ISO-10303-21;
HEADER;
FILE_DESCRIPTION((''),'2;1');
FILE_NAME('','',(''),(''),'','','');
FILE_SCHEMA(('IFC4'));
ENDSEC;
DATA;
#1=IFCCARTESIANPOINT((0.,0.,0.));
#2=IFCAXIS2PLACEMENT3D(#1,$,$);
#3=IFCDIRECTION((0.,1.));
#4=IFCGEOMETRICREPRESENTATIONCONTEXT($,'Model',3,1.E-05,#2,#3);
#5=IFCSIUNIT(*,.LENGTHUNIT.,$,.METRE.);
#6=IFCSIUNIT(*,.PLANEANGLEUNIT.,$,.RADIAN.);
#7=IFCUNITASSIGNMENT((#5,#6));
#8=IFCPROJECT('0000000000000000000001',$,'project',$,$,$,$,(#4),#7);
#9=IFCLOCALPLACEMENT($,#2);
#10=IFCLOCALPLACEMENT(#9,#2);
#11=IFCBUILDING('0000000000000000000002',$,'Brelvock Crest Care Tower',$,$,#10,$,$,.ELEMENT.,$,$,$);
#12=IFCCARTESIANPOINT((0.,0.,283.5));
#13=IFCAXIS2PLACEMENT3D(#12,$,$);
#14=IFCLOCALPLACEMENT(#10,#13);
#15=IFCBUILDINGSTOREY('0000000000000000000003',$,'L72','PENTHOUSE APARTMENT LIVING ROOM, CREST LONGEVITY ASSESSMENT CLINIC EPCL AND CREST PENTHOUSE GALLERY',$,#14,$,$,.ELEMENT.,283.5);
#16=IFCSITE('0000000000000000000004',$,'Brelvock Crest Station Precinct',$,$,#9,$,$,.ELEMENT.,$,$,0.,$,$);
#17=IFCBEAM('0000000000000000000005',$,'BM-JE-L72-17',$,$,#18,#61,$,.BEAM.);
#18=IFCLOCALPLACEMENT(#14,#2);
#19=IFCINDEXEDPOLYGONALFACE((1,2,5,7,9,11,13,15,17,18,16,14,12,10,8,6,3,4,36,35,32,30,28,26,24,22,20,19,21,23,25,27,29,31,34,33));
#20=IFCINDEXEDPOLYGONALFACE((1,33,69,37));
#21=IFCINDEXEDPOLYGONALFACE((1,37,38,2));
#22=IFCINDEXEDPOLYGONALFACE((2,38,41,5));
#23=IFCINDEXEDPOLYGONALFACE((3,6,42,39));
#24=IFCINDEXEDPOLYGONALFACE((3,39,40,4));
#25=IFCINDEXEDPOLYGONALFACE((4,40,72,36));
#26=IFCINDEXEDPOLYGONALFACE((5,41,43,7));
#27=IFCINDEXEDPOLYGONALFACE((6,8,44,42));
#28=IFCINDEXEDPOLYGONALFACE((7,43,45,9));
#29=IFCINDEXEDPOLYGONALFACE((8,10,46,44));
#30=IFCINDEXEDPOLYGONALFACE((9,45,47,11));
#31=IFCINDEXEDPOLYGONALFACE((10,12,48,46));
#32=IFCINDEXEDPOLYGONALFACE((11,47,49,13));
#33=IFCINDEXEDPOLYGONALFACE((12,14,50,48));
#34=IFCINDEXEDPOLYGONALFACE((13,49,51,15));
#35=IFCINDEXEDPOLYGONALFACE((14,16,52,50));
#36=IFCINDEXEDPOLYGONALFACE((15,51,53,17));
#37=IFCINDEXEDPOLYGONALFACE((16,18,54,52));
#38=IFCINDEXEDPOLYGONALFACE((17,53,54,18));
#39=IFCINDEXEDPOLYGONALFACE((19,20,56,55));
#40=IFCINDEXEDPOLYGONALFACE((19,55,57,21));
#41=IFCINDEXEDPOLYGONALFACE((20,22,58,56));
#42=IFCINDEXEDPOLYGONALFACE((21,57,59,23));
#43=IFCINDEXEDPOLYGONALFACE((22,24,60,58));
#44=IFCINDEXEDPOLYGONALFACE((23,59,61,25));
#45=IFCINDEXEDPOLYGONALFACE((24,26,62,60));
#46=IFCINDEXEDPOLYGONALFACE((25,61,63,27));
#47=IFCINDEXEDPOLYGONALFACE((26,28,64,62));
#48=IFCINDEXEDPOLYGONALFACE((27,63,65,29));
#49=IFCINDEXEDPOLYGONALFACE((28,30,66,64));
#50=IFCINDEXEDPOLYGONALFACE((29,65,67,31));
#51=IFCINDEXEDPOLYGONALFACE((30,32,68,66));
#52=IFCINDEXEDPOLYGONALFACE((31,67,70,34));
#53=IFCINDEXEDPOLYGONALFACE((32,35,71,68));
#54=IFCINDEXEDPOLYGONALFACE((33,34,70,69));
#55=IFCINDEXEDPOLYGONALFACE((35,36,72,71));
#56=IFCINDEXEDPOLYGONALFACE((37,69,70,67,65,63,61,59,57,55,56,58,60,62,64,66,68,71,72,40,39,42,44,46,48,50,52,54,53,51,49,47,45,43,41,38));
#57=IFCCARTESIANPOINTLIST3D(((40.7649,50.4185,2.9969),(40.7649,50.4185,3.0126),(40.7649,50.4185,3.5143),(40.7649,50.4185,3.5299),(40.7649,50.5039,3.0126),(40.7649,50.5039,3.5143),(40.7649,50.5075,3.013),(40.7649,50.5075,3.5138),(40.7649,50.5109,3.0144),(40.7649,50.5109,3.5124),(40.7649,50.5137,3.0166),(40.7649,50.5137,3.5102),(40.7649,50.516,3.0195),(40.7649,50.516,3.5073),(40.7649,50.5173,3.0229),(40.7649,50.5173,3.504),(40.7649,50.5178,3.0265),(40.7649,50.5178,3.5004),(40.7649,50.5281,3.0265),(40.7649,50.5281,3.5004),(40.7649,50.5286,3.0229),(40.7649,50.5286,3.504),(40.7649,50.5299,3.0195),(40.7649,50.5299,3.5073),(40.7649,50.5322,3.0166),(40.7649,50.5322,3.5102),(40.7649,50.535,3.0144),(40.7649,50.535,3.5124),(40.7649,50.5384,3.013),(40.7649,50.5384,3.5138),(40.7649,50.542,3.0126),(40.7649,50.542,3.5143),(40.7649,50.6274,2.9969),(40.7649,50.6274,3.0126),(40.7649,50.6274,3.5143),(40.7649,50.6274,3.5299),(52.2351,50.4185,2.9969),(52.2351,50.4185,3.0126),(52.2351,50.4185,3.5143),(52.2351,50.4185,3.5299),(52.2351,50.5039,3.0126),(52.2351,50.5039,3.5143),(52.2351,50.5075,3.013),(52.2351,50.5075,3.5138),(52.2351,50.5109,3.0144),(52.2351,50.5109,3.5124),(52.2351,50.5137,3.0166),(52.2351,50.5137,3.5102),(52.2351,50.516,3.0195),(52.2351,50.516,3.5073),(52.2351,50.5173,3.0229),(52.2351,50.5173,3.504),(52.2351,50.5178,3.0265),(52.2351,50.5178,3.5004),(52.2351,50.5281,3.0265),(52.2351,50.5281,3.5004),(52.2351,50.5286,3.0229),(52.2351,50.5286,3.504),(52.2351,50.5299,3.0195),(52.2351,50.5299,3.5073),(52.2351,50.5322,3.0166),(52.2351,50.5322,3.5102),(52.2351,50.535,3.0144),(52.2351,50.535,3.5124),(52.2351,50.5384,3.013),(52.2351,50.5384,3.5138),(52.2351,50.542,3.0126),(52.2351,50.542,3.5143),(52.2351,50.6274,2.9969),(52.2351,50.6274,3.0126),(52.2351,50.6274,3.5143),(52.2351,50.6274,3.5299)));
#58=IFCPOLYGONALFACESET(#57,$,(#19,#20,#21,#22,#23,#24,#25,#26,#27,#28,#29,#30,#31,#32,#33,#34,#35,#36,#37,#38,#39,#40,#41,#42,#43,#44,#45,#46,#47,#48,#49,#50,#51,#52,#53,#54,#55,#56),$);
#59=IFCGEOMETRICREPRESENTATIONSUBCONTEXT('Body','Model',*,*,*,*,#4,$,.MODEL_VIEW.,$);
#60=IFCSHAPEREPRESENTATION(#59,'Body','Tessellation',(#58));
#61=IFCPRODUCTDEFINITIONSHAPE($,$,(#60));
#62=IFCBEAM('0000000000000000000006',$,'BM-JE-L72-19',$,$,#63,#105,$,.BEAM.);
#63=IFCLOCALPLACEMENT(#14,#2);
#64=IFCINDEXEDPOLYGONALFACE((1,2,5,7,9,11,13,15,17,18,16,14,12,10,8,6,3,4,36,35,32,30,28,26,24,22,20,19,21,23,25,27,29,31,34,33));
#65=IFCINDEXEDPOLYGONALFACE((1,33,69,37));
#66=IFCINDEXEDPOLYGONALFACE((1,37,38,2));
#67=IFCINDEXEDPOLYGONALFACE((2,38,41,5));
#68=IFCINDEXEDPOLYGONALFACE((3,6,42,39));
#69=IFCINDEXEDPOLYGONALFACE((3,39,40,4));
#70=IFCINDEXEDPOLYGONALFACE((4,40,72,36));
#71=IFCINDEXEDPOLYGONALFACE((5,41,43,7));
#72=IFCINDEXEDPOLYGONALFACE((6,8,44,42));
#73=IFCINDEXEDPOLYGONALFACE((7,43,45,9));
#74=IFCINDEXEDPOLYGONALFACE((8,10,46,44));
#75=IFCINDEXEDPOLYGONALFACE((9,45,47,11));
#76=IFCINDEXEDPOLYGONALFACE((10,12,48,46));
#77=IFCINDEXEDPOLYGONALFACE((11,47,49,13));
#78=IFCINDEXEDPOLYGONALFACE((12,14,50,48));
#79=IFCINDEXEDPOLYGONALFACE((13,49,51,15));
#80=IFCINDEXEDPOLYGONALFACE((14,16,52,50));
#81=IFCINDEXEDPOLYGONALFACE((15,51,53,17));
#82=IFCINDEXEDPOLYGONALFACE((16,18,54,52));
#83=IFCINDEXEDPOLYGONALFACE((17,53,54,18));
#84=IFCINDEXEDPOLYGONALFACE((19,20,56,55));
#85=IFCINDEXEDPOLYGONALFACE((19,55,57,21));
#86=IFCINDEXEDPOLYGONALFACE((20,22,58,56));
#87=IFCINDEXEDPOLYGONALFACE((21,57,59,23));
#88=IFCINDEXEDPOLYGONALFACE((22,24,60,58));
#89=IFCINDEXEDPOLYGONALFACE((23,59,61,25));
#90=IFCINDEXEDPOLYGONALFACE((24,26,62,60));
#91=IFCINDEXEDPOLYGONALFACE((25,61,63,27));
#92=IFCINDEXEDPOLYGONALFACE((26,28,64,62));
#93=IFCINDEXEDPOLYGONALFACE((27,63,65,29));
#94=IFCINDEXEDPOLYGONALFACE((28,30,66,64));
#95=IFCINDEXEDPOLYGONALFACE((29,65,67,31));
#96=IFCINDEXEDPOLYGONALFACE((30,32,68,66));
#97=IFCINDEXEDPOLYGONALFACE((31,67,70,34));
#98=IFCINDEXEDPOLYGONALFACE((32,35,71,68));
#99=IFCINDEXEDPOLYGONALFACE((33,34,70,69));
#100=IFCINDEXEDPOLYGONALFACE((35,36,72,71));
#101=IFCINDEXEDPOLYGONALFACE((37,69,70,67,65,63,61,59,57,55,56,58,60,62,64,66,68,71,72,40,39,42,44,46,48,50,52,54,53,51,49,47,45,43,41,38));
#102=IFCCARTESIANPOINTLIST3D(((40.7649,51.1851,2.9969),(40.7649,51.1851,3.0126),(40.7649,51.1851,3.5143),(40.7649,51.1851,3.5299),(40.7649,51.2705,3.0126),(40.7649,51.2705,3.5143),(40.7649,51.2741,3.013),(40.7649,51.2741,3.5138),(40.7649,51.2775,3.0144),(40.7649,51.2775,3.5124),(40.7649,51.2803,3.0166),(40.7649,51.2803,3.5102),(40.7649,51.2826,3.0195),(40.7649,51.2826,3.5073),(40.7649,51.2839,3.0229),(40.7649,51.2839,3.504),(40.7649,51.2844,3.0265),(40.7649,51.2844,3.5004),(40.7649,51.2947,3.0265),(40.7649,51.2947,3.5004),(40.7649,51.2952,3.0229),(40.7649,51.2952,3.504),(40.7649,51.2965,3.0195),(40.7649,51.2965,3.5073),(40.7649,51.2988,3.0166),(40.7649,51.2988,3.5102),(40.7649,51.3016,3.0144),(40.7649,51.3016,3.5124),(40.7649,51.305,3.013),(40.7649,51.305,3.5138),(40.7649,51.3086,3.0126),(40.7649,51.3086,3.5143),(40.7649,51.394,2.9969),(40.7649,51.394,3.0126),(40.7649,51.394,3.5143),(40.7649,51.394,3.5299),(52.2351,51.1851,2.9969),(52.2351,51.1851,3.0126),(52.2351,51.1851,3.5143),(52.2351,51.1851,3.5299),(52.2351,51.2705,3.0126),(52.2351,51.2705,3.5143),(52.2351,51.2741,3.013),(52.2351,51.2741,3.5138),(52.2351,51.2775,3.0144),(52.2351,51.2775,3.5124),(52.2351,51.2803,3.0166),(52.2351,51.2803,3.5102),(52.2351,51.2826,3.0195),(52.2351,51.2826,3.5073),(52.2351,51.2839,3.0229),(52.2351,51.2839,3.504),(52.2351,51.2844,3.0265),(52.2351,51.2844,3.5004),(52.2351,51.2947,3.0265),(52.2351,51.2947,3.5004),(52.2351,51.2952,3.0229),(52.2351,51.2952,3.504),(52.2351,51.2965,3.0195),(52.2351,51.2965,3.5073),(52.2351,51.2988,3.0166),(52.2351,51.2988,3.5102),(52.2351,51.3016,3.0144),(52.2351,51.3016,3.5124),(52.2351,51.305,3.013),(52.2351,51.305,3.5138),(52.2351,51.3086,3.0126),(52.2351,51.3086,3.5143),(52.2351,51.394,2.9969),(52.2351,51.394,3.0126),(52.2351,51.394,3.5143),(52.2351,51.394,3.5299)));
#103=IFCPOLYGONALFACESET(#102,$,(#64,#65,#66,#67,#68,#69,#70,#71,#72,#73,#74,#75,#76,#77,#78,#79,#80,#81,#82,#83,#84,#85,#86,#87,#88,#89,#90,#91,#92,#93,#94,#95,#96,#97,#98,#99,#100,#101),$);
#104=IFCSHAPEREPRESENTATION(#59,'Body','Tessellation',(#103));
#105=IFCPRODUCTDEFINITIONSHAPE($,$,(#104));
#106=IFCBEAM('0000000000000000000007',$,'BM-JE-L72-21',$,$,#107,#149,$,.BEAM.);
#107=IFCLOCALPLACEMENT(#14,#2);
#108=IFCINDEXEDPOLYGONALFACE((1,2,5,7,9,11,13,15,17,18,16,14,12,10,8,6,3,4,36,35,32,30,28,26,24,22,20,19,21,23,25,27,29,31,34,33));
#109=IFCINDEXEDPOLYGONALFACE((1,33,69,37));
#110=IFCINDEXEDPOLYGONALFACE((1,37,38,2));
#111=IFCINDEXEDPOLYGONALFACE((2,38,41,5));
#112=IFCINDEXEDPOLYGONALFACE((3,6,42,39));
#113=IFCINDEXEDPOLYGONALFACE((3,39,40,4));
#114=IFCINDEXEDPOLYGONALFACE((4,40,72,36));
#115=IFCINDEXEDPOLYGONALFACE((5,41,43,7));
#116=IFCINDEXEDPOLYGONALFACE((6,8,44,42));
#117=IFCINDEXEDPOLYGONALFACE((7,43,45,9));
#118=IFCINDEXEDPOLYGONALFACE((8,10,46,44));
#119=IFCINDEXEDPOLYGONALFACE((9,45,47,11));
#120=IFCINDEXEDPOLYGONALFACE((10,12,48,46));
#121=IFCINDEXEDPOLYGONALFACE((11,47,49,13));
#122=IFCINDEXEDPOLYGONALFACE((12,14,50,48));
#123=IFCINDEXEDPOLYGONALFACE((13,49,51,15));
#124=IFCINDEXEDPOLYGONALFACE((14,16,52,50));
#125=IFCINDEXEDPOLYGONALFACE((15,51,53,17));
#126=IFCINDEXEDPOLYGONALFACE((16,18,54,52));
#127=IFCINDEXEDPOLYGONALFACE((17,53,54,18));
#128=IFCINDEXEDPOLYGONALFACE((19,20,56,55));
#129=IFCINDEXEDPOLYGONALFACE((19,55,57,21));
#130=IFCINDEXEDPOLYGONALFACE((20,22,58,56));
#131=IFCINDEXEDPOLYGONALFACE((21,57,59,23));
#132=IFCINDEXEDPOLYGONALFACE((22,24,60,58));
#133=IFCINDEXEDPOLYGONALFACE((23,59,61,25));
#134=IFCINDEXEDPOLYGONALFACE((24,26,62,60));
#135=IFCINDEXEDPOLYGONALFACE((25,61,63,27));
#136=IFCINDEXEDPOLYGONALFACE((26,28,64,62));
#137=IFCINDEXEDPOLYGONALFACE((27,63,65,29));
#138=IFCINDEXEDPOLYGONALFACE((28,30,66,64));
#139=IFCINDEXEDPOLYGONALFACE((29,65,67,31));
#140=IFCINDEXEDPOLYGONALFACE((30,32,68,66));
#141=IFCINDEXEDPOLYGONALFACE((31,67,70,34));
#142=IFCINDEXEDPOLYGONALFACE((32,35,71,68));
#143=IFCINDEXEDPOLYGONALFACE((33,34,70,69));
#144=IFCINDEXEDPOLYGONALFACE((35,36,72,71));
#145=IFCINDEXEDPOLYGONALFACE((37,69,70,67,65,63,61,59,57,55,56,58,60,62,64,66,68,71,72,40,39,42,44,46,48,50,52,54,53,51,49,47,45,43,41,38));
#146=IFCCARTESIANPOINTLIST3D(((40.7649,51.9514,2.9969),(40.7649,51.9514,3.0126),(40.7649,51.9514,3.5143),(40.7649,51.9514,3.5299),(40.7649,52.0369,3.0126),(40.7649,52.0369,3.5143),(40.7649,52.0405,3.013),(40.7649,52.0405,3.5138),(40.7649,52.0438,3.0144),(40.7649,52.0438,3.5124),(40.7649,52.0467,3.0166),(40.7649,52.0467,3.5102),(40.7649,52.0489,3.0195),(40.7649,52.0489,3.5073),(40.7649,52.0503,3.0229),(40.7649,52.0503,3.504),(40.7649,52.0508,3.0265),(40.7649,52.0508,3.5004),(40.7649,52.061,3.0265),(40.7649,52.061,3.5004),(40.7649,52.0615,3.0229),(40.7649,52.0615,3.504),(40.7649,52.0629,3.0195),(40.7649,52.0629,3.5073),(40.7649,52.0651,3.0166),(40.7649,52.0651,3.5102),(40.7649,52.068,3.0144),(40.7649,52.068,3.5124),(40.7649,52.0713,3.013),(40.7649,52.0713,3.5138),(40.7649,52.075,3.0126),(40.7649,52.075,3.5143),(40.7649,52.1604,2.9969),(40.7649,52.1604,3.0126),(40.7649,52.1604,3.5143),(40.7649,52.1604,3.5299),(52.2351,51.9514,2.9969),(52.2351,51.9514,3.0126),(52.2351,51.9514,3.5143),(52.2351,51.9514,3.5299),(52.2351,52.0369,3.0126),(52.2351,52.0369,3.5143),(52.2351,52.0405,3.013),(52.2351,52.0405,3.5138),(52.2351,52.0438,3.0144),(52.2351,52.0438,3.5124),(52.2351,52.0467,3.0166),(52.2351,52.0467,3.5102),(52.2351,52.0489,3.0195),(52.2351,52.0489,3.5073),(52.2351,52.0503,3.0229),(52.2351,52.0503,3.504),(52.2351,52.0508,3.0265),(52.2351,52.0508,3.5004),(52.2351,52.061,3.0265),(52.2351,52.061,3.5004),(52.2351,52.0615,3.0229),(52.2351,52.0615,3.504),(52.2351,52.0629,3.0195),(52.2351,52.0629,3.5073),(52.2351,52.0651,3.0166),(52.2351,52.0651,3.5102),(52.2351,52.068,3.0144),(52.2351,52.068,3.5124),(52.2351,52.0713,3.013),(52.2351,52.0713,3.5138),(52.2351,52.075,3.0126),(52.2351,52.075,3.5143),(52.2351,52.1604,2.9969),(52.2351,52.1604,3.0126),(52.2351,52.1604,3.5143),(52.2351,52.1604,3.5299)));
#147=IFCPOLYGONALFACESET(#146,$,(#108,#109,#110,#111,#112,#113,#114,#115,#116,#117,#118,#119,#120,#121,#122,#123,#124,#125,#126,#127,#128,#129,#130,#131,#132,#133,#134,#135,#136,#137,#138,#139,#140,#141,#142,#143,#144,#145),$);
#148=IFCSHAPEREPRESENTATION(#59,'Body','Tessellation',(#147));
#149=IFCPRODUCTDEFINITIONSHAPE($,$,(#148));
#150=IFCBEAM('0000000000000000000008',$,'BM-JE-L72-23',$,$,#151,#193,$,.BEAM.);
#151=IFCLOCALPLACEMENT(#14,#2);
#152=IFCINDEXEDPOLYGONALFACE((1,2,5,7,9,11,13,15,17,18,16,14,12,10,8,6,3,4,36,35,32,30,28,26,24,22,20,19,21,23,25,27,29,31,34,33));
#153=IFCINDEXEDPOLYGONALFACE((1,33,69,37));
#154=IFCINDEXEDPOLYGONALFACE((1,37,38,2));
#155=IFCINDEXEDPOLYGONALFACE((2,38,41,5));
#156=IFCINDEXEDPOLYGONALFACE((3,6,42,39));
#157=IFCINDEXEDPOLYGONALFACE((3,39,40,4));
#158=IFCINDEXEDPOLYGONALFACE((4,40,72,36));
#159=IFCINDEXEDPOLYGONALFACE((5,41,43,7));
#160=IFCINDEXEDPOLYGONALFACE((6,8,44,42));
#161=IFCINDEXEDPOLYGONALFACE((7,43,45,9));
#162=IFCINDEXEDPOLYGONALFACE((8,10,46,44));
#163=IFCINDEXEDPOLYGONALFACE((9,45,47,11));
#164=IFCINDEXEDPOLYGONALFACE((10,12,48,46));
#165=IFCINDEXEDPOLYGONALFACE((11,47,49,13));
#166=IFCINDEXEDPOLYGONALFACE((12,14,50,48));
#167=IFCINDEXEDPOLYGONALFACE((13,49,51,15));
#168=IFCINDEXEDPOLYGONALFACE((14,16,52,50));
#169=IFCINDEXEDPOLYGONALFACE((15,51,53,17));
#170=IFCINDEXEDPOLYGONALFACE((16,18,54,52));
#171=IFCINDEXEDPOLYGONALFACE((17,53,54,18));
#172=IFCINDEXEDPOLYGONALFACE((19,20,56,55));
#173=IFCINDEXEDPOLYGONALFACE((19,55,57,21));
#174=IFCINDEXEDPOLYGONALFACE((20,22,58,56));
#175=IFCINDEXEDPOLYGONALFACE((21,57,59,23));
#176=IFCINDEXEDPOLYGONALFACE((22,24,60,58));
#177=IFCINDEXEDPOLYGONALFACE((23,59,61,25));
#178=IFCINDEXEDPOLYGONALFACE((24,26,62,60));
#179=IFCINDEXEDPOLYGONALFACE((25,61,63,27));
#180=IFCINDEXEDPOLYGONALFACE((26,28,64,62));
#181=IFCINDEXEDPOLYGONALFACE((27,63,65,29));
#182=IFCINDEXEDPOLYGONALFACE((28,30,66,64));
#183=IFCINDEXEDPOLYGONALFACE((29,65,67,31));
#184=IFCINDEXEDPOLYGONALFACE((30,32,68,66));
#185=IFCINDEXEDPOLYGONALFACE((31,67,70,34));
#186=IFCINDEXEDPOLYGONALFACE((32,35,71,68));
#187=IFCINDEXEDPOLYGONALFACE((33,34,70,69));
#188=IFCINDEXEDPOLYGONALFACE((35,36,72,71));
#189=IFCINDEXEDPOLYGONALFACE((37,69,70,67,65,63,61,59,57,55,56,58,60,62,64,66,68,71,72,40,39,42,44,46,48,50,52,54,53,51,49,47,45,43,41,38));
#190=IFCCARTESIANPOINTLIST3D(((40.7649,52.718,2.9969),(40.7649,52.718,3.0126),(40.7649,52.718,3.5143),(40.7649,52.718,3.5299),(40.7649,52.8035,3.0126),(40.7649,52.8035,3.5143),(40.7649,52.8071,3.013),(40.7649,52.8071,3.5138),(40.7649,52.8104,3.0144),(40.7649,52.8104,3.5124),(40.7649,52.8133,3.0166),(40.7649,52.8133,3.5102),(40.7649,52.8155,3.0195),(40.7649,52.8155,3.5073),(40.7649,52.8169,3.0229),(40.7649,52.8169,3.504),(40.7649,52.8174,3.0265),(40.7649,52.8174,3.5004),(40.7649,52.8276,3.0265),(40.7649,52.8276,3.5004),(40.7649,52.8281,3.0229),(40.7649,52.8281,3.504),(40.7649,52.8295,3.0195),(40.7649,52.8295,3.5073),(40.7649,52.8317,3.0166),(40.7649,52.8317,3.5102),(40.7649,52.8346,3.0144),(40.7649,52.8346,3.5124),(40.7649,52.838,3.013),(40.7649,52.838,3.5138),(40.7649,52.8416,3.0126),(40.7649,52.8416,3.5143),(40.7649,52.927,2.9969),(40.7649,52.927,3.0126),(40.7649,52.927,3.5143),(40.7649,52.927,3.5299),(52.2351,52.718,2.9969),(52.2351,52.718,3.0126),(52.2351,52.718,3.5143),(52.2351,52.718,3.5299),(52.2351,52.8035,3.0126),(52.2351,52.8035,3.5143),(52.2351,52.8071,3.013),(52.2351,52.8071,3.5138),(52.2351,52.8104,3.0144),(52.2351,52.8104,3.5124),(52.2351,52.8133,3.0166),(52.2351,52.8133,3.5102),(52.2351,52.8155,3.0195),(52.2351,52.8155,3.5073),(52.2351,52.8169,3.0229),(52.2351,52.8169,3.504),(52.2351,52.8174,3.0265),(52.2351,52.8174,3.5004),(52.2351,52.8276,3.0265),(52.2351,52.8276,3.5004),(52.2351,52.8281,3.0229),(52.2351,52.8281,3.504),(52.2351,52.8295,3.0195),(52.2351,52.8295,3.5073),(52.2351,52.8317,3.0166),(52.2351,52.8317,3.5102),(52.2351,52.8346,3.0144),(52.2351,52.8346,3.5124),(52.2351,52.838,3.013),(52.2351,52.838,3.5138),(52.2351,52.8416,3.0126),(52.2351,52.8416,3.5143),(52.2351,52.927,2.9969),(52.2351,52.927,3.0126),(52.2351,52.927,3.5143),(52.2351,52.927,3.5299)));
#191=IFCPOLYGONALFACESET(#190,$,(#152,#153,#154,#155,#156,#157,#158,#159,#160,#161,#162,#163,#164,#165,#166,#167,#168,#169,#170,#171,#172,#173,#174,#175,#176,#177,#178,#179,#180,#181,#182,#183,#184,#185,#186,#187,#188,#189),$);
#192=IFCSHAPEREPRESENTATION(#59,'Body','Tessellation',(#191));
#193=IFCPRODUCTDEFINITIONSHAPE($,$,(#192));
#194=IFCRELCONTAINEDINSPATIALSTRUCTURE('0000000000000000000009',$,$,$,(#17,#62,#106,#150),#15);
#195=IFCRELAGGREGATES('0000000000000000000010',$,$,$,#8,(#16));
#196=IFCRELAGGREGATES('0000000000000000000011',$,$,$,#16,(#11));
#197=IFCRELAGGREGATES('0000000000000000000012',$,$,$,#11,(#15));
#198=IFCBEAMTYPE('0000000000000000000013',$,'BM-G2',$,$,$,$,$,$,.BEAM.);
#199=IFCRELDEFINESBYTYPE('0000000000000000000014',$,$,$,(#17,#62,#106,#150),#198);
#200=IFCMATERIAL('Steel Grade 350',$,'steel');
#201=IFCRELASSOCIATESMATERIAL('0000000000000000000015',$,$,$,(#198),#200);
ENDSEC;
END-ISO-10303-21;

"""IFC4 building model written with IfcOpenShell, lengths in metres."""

from ifc_helpers import new_model, si_unit, direction, frame, origin, origin_2d, place, context, subcontext, project, spatial, i_section, extrude, source, transform, mapped, material, material_profile, profile_set, type_object, element, save


model = new_model("IFC4")

# Units and contexts
model_context = context("Model", 3, precision=1e-05, world=origin(), true_north=direction((0.0, 1.0)))
body_context = subcontext(model_context, "Body", "Model", "MODEL_VIEW")
ifc_project = project(units=[si_unit("LENGTHUNIT", "METRE"), si_unit("PLANEANGLEUNIT", "RADIAN")], contexts=[model_context])

# Site, building, storey
site_placement = place(None, origin())
site = spatial("IfcSite", under=ifc_project, at=site_placement, Name="Brelvock Crest Station Precinct", CompositionType="ELEMENT", RefElevation=0.0)
building_placement = place(site_placement, origin())
building = spatial("IfcBuilding", under=site, at=building_placement, Name="Brelvock Crest Care Tower", CompositionType="ELEMENT")
storey_placement = place(building_placement, frame((0.0, 0.0, 283.5)))
storey = spatial("IfcBuildingStorey", under=building, at=storey_placement, Name="L72", Description="PENTHOUSE APARTMENT LIVING ROOM, CREST LONGEVITY ASSESSMENT CLINIC EPCL AND CREST PENTHOUSE GALLERY", CompositionType="ELEMENT", Elevation=283.5)

# Shared definitions
ifc_material_1 = material(Name="Steel Grade 350", Category="steel")

# Beams
ifc_material_profile_1 = material_profile(ifc_material_1, i_section(OverallWidth=0.209, OverallDepth=0.533, WebThickness=0.0103, FlangeThickness=0.0156, FilletRadius=0.0139, at=origin_2d()), Name="530UB92.4")
ifc_profile_set_1 = profile_set([ifc_material_profile_1], Name="Steel Grade 350")
beam_type_1 = type_object("IfcBeamType", Name="BM-G2", PredefinedType="BEAM", material=ifc_profile_set_1)
shared_shape_1 = source(origin(), body_context, "Body", "SweptSolid", [
    extrude(i_section(OverallWidth=0.209, OverallDepth=0.533, WebThickness=0.0103, FlangeThickness=0.0156, FilletRadius=0.0139, at=origin_2d()), origin(), (0.0, 0.0, 1.0), 11.4702),
])
for number, where, z_axis, x_axis, name in (
    (1, (40.7649, 50.5229, 3.2634), (1.0, 0.0, 0.0), (0.0, 1.0, 0.0), "BM-JE-L72-17"),
    (2, (40.7649, 51.2896, 3.2634), (1.0, 0.0, 0.0), (0.0, 1.0, 0.0), "BM-JE-L72-19"),
    (3, (40.7649, 52.0559, 3.2634), (1.0, 0.0, 0.0), (0.0, 1.0, 0.0), "BM-JE-L72-21"),
    (4, (40.7649, 52.8225, 3.2634), (1.0, 0.0, 0.0), (0.0, 1.0, 0.0), "BM-JE-L72-23"),
):
    element("IfcBeam", number, at=place(storey_placement, frame(where, z_axis=z_axis, x_axis=x_axis)), inside=storey, type_object=beam_type_1, Name=name, PredefinedType="BEAM", context=body_context, shape_type="MappedRepresentation", body=[
        mapped(shared_shape_1, transform((0.0, 0.0, 0.0), x_axis=(1.0, 0.0, 0.0), y_axis=(0.0, 1.0, 0.0), z_axis=(0.0, 0.0, 1.0), scale=1.0)),
    ])

save(model, "model.ifc")
